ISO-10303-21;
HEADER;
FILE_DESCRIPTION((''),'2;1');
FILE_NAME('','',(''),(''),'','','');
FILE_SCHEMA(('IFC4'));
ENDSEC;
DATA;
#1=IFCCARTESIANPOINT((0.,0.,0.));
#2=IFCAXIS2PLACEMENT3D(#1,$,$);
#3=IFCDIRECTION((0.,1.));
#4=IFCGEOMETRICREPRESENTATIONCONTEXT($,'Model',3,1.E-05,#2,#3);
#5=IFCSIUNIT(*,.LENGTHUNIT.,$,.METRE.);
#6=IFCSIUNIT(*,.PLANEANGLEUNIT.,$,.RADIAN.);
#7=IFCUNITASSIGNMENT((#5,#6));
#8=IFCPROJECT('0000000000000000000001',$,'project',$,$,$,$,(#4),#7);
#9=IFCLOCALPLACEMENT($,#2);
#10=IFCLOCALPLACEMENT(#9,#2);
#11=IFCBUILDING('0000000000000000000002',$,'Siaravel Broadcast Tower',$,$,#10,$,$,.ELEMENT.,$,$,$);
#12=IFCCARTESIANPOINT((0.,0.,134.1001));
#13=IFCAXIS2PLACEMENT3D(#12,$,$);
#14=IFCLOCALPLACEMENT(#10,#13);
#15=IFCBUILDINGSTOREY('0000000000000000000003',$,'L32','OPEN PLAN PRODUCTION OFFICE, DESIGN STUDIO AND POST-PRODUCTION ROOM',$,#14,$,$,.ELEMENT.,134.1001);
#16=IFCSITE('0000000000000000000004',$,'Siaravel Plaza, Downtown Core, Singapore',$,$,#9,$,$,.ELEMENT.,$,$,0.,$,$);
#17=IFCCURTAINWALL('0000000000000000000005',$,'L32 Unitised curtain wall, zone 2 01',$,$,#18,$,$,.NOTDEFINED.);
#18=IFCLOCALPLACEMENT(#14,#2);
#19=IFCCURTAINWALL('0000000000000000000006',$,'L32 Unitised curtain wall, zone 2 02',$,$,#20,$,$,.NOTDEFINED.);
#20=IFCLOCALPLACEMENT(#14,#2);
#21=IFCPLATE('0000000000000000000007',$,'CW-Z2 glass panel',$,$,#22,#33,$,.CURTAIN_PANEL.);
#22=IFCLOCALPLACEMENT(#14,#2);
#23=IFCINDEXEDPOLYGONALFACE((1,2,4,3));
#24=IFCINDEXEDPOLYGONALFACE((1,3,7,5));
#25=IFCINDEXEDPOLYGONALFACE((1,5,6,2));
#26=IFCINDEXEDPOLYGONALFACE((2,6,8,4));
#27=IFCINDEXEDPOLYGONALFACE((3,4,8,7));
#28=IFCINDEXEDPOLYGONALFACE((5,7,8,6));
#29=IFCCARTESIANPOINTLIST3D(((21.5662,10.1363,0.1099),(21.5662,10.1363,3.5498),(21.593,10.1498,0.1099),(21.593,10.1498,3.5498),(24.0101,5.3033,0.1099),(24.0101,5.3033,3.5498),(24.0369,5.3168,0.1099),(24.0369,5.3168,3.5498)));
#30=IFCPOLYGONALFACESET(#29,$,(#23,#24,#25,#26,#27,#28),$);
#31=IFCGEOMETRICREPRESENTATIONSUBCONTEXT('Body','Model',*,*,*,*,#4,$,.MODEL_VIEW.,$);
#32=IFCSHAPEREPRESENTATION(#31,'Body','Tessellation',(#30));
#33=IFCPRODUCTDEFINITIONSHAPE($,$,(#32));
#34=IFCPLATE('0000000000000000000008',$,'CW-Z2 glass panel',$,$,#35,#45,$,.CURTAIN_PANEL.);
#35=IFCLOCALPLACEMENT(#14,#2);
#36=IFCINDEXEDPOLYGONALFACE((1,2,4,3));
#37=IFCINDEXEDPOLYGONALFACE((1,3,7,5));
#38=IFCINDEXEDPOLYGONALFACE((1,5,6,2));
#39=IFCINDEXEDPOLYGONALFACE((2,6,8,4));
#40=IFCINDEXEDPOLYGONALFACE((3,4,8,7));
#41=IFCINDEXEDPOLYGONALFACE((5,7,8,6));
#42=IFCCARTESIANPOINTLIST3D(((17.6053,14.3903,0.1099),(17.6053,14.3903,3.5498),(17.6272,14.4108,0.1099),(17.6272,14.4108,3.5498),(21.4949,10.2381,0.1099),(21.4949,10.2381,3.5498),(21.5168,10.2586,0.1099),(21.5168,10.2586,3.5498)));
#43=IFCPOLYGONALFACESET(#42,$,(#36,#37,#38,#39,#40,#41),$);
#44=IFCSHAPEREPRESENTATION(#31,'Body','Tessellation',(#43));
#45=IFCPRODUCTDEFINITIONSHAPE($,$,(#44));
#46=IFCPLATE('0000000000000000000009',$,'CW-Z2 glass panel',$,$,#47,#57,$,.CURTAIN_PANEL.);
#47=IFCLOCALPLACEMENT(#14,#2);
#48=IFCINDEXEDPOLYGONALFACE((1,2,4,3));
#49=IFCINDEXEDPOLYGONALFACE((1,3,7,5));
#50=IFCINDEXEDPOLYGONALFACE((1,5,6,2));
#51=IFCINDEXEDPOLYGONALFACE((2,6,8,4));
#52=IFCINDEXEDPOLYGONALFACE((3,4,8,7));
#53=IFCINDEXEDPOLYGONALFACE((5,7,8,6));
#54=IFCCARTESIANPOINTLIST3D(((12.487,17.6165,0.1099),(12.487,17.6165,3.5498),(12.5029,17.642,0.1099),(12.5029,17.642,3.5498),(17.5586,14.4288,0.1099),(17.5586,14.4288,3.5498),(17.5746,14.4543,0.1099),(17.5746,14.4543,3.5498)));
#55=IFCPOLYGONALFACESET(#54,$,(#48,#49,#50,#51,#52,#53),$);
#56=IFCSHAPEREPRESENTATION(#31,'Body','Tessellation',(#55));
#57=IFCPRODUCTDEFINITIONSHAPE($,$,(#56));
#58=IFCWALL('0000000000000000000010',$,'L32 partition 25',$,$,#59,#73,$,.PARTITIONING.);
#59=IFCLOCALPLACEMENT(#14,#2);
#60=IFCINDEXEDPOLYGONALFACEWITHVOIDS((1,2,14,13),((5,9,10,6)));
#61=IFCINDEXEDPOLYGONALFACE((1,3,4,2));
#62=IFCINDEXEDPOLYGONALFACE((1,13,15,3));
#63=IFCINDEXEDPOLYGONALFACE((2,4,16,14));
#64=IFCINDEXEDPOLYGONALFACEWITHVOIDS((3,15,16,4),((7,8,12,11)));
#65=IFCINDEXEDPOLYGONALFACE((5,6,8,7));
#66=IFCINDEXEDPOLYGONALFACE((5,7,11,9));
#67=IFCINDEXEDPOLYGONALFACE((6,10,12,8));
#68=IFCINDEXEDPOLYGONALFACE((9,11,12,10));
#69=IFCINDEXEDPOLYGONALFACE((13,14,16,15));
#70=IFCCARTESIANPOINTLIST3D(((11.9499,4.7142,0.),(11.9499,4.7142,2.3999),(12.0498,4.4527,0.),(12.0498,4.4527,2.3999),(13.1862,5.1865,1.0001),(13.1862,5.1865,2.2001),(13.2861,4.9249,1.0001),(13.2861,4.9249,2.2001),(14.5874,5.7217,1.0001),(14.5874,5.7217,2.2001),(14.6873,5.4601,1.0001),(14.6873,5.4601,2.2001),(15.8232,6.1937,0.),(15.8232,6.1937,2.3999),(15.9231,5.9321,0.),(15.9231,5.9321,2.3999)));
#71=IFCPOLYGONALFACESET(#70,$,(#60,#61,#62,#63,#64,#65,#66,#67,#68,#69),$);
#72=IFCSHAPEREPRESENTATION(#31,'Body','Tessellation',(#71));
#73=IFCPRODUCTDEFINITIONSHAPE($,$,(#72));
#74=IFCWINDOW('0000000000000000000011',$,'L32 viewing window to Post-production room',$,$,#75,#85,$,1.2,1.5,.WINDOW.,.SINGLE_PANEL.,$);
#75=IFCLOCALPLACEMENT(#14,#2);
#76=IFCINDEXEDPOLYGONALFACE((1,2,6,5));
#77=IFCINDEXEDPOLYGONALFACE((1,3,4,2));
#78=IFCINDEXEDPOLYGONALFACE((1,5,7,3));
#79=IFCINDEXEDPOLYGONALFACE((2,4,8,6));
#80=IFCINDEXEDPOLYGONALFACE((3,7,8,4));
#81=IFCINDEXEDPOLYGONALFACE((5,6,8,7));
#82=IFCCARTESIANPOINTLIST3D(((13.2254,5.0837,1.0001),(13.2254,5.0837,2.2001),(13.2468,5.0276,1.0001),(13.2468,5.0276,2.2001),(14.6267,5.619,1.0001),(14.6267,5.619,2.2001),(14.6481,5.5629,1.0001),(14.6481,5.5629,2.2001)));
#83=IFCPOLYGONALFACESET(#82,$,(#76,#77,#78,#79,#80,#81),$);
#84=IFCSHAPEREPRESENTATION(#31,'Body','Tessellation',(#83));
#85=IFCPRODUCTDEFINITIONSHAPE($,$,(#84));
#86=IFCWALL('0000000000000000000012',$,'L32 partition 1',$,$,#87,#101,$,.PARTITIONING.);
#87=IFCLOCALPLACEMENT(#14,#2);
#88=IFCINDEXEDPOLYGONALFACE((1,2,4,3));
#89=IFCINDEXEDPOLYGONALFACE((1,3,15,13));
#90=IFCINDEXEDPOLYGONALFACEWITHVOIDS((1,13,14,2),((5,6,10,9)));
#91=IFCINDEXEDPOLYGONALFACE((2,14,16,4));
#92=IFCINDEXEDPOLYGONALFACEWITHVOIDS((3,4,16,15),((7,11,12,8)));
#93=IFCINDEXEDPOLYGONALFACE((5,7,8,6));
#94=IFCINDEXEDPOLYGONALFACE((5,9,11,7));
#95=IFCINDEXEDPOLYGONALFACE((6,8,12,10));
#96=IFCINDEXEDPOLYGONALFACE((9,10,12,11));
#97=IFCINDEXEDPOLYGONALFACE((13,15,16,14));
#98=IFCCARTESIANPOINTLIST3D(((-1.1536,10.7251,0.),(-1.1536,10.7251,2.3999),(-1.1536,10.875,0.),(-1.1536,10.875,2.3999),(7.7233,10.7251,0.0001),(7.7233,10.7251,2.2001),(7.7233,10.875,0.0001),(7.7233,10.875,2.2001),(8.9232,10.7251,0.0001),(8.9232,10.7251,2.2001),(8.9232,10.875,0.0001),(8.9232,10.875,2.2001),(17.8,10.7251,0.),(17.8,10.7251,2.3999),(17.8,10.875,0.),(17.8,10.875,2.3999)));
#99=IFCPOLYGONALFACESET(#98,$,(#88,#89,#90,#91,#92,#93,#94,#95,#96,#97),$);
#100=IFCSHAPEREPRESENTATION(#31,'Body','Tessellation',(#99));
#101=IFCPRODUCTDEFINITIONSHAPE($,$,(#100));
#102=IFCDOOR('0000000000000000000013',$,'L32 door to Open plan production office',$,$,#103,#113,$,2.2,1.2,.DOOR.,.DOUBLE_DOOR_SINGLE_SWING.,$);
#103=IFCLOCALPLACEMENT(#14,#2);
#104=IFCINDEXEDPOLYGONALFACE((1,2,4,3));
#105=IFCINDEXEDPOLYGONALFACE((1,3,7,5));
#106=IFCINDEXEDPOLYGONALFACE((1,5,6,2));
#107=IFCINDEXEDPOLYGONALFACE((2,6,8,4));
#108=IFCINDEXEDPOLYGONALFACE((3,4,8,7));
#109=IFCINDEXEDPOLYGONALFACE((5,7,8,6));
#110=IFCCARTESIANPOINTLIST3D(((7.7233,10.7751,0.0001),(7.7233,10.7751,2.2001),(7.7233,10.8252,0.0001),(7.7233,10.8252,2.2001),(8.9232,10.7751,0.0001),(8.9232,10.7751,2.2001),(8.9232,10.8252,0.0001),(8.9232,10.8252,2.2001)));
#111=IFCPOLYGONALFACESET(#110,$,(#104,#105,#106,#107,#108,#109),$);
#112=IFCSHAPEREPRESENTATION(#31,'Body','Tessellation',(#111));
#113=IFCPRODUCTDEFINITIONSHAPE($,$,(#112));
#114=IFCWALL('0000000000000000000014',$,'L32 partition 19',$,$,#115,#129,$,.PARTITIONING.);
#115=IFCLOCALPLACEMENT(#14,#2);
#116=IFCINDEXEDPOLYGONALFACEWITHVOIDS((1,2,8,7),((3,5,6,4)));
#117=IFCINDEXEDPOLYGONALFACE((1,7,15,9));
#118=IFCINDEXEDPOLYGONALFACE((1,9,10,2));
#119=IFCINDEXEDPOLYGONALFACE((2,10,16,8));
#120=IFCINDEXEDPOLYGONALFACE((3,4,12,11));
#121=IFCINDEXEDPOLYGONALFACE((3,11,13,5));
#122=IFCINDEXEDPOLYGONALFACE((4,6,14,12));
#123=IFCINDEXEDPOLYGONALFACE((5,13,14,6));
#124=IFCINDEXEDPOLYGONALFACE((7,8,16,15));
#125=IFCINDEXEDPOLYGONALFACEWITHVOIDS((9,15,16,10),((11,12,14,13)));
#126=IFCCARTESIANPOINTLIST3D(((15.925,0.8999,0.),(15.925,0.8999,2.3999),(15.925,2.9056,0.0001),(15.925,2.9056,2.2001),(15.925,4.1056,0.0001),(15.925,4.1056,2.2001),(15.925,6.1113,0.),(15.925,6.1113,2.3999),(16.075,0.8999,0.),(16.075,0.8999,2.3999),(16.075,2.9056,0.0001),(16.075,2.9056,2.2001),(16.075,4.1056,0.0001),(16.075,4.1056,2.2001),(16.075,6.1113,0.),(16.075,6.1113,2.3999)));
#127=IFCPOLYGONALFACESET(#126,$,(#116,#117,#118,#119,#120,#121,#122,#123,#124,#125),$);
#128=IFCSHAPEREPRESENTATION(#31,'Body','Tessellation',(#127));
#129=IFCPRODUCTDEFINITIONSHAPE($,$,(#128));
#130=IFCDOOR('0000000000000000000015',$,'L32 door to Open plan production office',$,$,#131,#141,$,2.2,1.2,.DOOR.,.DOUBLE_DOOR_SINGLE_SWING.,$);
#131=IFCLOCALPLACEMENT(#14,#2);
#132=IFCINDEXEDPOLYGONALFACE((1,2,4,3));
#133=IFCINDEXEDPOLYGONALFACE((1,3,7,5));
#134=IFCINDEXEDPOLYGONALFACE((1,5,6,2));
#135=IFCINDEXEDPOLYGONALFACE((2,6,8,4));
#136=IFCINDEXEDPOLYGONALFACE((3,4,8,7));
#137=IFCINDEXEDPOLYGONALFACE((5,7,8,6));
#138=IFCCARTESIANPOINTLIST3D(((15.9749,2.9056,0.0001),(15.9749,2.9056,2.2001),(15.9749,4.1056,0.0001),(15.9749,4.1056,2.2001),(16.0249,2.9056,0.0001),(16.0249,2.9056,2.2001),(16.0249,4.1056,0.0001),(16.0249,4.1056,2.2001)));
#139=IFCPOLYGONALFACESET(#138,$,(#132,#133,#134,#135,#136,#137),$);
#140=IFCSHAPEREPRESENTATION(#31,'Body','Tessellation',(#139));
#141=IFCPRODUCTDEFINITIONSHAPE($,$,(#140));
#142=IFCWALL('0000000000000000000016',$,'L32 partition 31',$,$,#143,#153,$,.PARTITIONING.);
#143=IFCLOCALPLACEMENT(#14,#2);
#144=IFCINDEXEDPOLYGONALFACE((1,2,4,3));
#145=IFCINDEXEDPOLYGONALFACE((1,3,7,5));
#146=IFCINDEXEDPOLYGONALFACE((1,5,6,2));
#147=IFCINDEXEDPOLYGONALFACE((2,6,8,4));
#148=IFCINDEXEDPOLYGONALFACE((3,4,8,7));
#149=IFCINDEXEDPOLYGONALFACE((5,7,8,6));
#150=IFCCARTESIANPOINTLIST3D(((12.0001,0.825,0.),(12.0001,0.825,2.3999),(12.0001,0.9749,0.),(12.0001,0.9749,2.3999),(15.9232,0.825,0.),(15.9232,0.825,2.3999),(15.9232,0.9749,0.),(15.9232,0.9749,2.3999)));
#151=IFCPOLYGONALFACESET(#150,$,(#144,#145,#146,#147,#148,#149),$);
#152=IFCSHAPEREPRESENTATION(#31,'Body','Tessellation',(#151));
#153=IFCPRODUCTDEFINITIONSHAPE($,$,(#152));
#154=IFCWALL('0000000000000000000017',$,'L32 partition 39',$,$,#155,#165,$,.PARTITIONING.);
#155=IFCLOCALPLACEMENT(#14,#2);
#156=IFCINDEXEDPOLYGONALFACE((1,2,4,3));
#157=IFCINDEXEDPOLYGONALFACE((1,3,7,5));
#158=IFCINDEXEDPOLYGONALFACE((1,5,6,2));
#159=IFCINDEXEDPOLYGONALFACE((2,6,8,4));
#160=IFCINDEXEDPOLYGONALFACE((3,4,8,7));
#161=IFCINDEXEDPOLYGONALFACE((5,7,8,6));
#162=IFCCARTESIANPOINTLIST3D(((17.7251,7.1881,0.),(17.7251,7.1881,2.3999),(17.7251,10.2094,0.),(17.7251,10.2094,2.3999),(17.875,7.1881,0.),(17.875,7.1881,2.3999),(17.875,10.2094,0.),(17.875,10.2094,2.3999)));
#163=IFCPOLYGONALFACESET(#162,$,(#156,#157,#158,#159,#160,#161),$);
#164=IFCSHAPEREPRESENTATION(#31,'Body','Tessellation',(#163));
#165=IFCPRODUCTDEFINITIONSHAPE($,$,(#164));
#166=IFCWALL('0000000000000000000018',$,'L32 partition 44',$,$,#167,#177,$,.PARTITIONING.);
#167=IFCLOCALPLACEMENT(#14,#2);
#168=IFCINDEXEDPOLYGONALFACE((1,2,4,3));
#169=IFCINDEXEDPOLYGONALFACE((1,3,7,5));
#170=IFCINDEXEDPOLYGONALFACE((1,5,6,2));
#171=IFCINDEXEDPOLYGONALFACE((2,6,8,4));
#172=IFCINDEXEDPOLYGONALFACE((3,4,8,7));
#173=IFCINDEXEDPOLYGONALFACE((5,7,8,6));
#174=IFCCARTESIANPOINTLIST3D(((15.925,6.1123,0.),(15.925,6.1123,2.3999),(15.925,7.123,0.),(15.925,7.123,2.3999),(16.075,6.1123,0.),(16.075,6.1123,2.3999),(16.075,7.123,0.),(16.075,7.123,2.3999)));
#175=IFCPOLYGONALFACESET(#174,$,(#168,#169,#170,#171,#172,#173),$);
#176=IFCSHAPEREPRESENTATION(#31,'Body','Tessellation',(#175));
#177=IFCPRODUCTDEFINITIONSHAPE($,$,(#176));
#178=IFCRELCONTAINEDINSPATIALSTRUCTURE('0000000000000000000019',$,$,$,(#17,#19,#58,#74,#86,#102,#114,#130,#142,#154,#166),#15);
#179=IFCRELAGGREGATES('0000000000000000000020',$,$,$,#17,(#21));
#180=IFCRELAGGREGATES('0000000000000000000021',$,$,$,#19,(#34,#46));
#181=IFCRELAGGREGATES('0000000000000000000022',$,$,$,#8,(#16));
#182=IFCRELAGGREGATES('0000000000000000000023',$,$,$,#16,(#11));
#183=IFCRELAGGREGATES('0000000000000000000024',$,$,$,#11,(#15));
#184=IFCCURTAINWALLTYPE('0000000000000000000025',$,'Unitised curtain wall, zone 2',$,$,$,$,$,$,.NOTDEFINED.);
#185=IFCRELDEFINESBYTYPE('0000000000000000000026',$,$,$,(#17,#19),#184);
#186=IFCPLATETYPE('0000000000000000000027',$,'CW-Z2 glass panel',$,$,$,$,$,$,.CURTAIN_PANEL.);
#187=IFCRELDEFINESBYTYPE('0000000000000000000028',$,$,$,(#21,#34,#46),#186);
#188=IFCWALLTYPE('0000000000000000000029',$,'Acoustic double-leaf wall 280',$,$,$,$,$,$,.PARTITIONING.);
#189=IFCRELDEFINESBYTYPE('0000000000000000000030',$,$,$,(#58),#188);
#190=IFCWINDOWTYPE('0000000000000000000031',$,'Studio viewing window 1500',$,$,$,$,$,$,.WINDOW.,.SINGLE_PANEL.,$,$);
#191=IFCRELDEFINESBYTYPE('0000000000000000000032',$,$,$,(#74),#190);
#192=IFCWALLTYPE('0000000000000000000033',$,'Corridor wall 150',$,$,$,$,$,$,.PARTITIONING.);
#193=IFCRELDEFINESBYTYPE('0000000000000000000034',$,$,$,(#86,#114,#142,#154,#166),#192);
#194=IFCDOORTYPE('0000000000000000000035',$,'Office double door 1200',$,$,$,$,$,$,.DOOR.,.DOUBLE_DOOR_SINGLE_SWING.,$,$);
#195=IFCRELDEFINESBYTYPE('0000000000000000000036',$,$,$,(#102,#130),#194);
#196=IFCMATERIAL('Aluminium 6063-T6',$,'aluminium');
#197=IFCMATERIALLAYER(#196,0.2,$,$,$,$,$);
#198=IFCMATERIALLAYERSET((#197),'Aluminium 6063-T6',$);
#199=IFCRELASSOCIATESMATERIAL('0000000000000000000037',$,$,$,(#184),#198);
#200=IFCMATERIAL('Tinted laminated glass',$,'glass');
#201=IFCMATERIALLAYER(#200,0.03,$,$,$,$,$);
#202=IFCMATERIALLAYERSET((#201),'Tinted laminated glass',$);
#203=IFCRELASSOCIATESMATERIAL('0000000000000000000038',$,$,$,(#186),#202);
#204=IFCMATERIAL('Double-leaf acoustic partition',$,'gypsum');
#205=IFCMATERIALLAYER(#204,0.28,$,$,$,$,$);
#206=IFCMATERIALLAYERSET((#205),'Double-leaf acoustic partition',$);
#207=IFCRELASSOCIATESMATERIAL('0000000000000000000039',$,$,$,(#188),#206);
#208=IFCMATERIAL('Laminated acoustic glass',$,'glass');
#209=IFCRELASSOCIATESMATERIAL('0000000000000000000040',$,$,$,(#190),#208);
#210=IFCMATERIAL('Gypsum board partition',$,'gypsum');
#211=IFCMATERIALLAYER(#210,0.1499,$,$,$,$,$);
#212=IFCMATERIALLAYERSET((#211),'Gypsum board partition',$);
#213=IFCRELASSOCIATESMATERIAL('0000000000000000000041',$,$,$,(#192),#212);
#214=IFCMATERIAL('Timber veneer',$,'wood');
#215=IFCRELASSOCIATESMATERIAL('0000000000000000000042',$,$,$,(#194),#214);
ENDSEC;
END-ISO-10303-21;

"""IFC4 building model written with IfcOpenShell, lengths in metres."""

from ifc_helpers import new_model, si_unit, direction, frame, frame_2d, origin, origin_2d, place, context, subcontext, project, spatial, rectangle, extrude, material, layer, layer_set, type_object, element, fill, aggregate, save


model = new_model("IFC4")

# Units and contexts
model_context = context("Model", 3, precision=1e-05, world=origin(), true_north=direction((0.0, 1.0)))
body_context = subcontext(model_context, "Body", "Model", "MODEL_VIEW")
ifc_project = project(units=[si_unit("LENGTHUNIT", "METRE"), si_unit("PLANEANGLEUNIT", "RADIAN")], contexts=[model_context])

# Site, building, storey
site_placement = place(None, origin())
site = spatial("IfcSite", under=ifc_project, at=site_placement, Name="Siaravel Plaza, Downtown Core, Singapore", CompositionType="ELEMENT", RefElevation=0.0)
building_placement = place(site_placement, origin())
building = spatial("IfcBuilding", under=site, at=building_placement, Name="Siaravel Broadcast Tower", CompositionType="ELEMENT")
storey_placement = place(building_placement, frame((0.0, 0.0, 134.1001)))
storey = spatial("IfcBuildingStorey", under=building, at=storey_placement, Name="L32", Description="OPEN PLAN PRODUCTION OFFICE, DESIGN STUDIO AND POST-PRODUCTION ROOM", CompositionType="ELEMENT", Elevation=134.1001)

# Curtain walls
ifc_material_1 = material(Name="Aluminium 6063-T6", Category="aluminium")
ifc_layer_1 = layer(ifc_material_1, 0.2)
ifc_layer_set_1 = layer_set([ifc_layer_1], Name="Aluminium 6063-T6")
curtain_wall_type = type_object("IfcCurtainWallType", Name="Unitised curtain wall, zone 2", PredefinedType="NOTDEFINED", material=ifc_layer_set_1)
curtain_wall_1_placement = place(storey_placement, origin())
curtain_wall_1 = element("IfcCurtainWall", 1, at=curtain_wall_1_placement, inside=storey, type_object=curtain_wall_type, Name="L32 Unitised curtain wall, zone 2 01", PredefinedType="NOTDEFINED")
curtain_wall_2_placement = place(storey_placement, origin())
curtain_wall_2 = element("IfcCurtainWall", 2, at=curtain_wall_2_placement, inside=storey, type_object=curtain_wall_type, Name="L32 Unitised curtain wall, zone 2 02", PredefinedType="NOTDEFINED")

# Plates
ifc_material_2 = material(Name="Tinted laminated glass", Category="glass")
ifc_layer_2 = layer(ifc_material_2, 0.03)
ifc_layer_set_2 = layer_set([ifc_layer_2], Name="Tinted laminated glass")
plate_type = type_object("IfcPlateType", Name="CW-Z2 glass panel", PredefinedType="CURTAIN_PANEL", material=ifc_layer_set_2)
plate_1_placement = place(storey_placement, frame((22.8015, 7.7266, 0.1099), z_axis=(0.0, 0.0, 1.0), x_axis=(-0.451259, 0.892393, 0.0)))
plate_1 = element("IfcPlate", 3, at=plate_1_placement, type_object=plate_type, Name="CW-Z2 glass panel", PredefinedType="CURTAIN_PANEL", context=body_context, shape_type="SweptSolid", body=[
    extrude(rectangle(XDim=5.4158, YDim=0.03, at=origin_2d()), origin(), (0.0, 0.0, 1.0), 3.4399),
])
aggregate(curtain_wall_1, [plate_1])
plate_2_placement = place(storey_placement, frame((19.561, 12.3245, 0.1099), z_axis=(0.0, 0.0, 1.0), x_axis=(-0.683653, 0.729807, 0.0)))
plate_2 = element("IfcPlate", 4, at=plate_2_placement, type_object=plate_type, Name="CW-Z2 glass panel", PredefinedType="CURTAIN_PANEL", context=body_context, shape_type="SweptSolid", body=[
    extrude(rectangle(XDim=5.6895, YDim=0.03, at=origin_2d()), origin(), (0.0, 0.0, 1.0), 3.4399),
])
plate_3_placement = place(storey_placement, frame((15.0308, 16.0354, 0.1099), z_axis=(0.0, 0.0, 1.0), x_axis=(-0.846649, 0.532151, 0.0)))
plate_3 = element("IfcPlate", 5, at=plate_3_placement, type_object=plate_type, Name="CW-Z2 glass panel", PredefinedType="CURTAIN_PANEL", context=body_context, shape_type="SweptSolid", body=[
    extrude(rectangle(XDim=5.9902, YDim=0.03, at=origin_2d()), origin(), (0.0, 0.0, 1.0), 3.4399),
])
aggregate(curtain_wall_2, [plate_2, plate_3])

# Wall, opening, window
ifc_material_3 = material(Name="Double-leaf acoustic partition", Category="gypsum")
ifc_layer_3 = layer(ifc_material_3, 0.28)
ifc_layer_set_3 = layer_set([ifc_layer_3], Name="Double-leaf acoustic partition")
wall_type_1 = type_object("IfcWallType", Name="Acoustic double-leaf wall 280", PredefinedType="PARTITIONING", material=ifc_layer_set_3)
wall_1_placement = place(storey_placement, frame((15.8733, 6.063, 0.0), z_axis=(0.0, 0.0, 1.0), x_axis=(-0.93417, -0.356828, 0.0)))
wall_1 = element("IfcWall", 6, at=wall_1_placement, inside=storey, type_object=wall_type_1, Name="L32 partition 25", PredefinedType="PARTITIONING", context=body_context, shape_type="SweptSolid", body=[
    extrude(rectangle(XDim=4.1462, YDim=0.28, at=frame_2d((2.0732, 0.0))), origin(), (0.0, 0.0, 1.0), 2.3999),
])
opening_1_placement = place(wall_1_placement, frame((1.323, 0.0, 1.0)))
opening_1 = element("IfcOpeningElement", 7, at=opening_1_placement, cuts=wall_1, PredefinedType="OPENING", context=body_context, shape_type="SweptSolid", body=[
    extrude(rectangle(XDim=1.5, YDim=1.2, at=frame_2d((0.75, 0.6001))), frame((0.0, 0.1499, 0.0), z_axis=(0.0, -1.0, 0.0), x_axis=(1.0, 0.0, 0.0)), (0.0, 0.0, 1.0), 0.3),
])
ifc_material_4 = material(Name="Laminated acoustic glass", Category="glass")
window_type = type_object("IfcWindowType", Name="Studio viewing window 1500", PartitioningType="SINGLE_PANEL", PredefinedType="WINDOW", material=ifc_material_4)
window_placement = place(opening_1_placement, origin())
window = element("IfcWindow", 8, at=window_placement, inside=storey, type_object=window_type, Name="L32 viewing window to Post-production room", OverallHeight=1.2, OverallWidth=1.5, PartitioningType="SINGLE_PANEL", PredefinedType="WINDOW", context=body_context, shape_type="SweptSolid", body=[
    extrude(rectangle(XDim=1.5, YDim=1.2, at=frame_2d((0.75, 0.6001))), frame((0.0, 0.03, 0.0), z_axis=(0.0, -1.0, 0.0), x_axis=(1.0, 0.0, 0.0)), (0.0, 0.0, 1.0), 0.0601),
])
fill(opening_1, window)

# Walls, openings, doors
ifc_material_5 = material(Name="Gypsum board partition", Category="gypsum")
ifc_layer_4 = layer(ifc_material_5, 0.1499)
ifc_layer_set_4 = layer_set([ifc_layer_4], Name="Gypsum board partition")
wall_type_2 = type_object("IfcWallType", Name="Corridor wall 150", PredefinedType="PARTITIONING", material=ifc_layer_set_4)
wall_2_placement = place(storey_placement, frame((17.8, 10.8, 0.0), z_axis=(0.0, 0.0, 1.0), x_axis=(-1.0, 0.0, 0.0)))
wall_2 = element("IfcWall", 9, at=wall_2_placement, inside=storey, type_object=wall_type_2, Name="L32 partition 1", PredefinedType="PARTITIONING", context=body_context, shape_type="SweptSolid", body=[
    extrude(rectangle(XDim=18.9536, YDim=0.1499, at=frame_2d((9.4768, 0.0))), origin(), (0.0, 0.0, 1.0), 2.3999),
])
opening_2_placement = place(wall_2_placement, frame((8.8767, 0.0, 0.0)))
opening_2 = element("IfcOpeningElement", 10, at=opening_2_placement, cuts=wall_2, PredefinedType="OPENING", context=body_context, shape_type="SweptSolid", body=[
    extrude(rectangle(XDim=1.2, YDim=2.2, at=frame_2d((0.6001, 1.1001))), frame((0.0, 0.085, 0.0), z_axis=(0.0, -1.0, 0.0), x_axis=(1.0, 0.0, 0.0)), (0.0, 0.0, 1.0), 0.1699),
])
ifc_material_6 = material(Name="Timber veneer", Category="wood")
door_type = type_object("IfcDoorType", Name="Office double door 1200", OperationType="DOUBLE_DOOR_SINGLE_SWING", PredefinedType="DOOR", material=ifc_material_6)
door_1_placement = place(opening_2_placement, origin())
door_1 = element("IfcDoor", 11, at=door_1_placement, inside=storey, type_object=door_type, Name="L32 door to Open plan production office", OperationType="DOUBLE_DOOR_SINGLE_SWING", OverallHeight=2.2, OverallWidth=1.2, PredefinedType="DOOR", context=body_context, shape_type="SweptSolid", body=[
    extrude(rectangle(XDim=1.2, YDim=2.2, at=frame_2d((0.6001, 1.1001))), frame((0.0, 0.0249, 0.0), z_axis=(0.0, -1.0, 0.0), x_axis=(1.0, 0.0, 0.0)), (0.0, 0.0, 1.0), 0.05),
])
fill(opening_2, door_1)
wall_3_placement = place(storey_placement, frame((16.0, 6.1113, 0.0), z_axis=(0.0, 0.0, 1.0), x_axis=(0.0, -1.0, 0.0)))
wall_3 = element("IfcWall", 12, at=wall_3_placement, inside=storey, type_object=wall_type_2, Name="L32 partition 19", PredefinedType="PARTITIONING", context=body_context, shape_type="SweptSolid", body=[
    extrude(rectangle(XDim=5.2114, YDim=0.1499, at=frame_2d((2.6057, 0.0))), origin(), (0.0, 0.0, 1.0), 2.3999),
])
opening_3_placement = place(wall_3_placement, frame((2.0056, 0.0, 0.0)))
opening_3 = element("IfcOpeningElement", 13, at=opening_3_placement, cuts=wall_3, PredefinedType="OPENING", context=body_context, shape_type="SweptSolid", body=[
    extrude(rectangle(XDim=1.2, YDim=2.2, at=frame_2d((0.6001, 1.1001))), frame((0.0, 0.085, 0.0), z_axis=(0.0, -1.0, 0.0), x_axis=(1.0, 0.0, 0.0)), (0.0, 0.0, 1.0), 0.1699),
])
door_2_placement = place(opening_3_placement, origin())
door_2 = element("IfcDoor", 14, at=door_2_placement, inside=storey, type_object=door_type, Name="L32 door to Open plan production office", OperationType="DOUBLE_DOOR_SINGLE_SWING", OverallHeight=2.2, OverallWidth=1.2, PredefinedType="DOOR", context=body_context, shape_type="SweptSolid", body=[
    extrude(rectangle(XDim=1.2, YDim=2.2, at=frame_2d((0.6001, 1.1001))), frame((0.0, 0.0249, 0.0), z_axis=(0.0, -1.0, 0.0), x_axis=(1.0, 0.0, 0.0)), (0.0, 0.0, 1.0), 0.05),
])
fill(opening_3, door_2)

# Walls
wall_4_placement = place(storey_placement, frame((15.9231, 0.8999, 0.0), z_axis=(0.0, 0.0, 1.0), x_axis=(-1.0, 0.0, 0.0)))
element("IfcWall", 15, at=wall_4_placement, inside=storey, type_object=wall_type_2, Name="L32 partition 31", PredefinedType="PARTITIONING", context=body_context, shape_type="SweptSolid", body=[
    extrude(rectangle(XDim=3.9231, YDim=0.1499, at=frame_2d((1.9614, 0.0))), origin(), (0.0, 0.0, 1.0), 2.3999),
])
wall_5_placement = place(storey_placement, frame((17.8, 7.188, 0.0), z_axis=(0.0, 0.0, 1.0), x_axis=(0.0, 1.0, 0.0)))
element("IfcWall", 16, at=wall_5_placement, inside=storey, type_object=wall_type_2, Name="L32 partition 39", PredefinedType="PARTITIONING", context=body_context, shape_type="SweptSolid", body=[
    extrude(rectangle(XDim=3.0212, YDim=0.1499, at=frame_2d((1.5107, 0.0))), origin(), (0.0, 0.0, 1.0), 2.3999),
])
wall_6_placement = place(storey_placement, frame((16.0, 7.123, 0.0), z_axis=(0.0, 0.0, 1.0), x_axis=(0.0, -1.0, 0.0)))
element("IfcWall", 17, at=wall_6_placement, inside=storey, type_object=wall_type_2, Name="L32 partition 44", PredefinedType="PARTITIONING", context=body_context, shape_type="SweptSolid", body=[
    extrude(rectangle(XDim=1.0107, YDim=0.1499, at=frame_2d((0.5054, 0.0))), origin(), (0.0, 0.0, 1.0), 2.3999),
])

save(model, "model.ifc")
